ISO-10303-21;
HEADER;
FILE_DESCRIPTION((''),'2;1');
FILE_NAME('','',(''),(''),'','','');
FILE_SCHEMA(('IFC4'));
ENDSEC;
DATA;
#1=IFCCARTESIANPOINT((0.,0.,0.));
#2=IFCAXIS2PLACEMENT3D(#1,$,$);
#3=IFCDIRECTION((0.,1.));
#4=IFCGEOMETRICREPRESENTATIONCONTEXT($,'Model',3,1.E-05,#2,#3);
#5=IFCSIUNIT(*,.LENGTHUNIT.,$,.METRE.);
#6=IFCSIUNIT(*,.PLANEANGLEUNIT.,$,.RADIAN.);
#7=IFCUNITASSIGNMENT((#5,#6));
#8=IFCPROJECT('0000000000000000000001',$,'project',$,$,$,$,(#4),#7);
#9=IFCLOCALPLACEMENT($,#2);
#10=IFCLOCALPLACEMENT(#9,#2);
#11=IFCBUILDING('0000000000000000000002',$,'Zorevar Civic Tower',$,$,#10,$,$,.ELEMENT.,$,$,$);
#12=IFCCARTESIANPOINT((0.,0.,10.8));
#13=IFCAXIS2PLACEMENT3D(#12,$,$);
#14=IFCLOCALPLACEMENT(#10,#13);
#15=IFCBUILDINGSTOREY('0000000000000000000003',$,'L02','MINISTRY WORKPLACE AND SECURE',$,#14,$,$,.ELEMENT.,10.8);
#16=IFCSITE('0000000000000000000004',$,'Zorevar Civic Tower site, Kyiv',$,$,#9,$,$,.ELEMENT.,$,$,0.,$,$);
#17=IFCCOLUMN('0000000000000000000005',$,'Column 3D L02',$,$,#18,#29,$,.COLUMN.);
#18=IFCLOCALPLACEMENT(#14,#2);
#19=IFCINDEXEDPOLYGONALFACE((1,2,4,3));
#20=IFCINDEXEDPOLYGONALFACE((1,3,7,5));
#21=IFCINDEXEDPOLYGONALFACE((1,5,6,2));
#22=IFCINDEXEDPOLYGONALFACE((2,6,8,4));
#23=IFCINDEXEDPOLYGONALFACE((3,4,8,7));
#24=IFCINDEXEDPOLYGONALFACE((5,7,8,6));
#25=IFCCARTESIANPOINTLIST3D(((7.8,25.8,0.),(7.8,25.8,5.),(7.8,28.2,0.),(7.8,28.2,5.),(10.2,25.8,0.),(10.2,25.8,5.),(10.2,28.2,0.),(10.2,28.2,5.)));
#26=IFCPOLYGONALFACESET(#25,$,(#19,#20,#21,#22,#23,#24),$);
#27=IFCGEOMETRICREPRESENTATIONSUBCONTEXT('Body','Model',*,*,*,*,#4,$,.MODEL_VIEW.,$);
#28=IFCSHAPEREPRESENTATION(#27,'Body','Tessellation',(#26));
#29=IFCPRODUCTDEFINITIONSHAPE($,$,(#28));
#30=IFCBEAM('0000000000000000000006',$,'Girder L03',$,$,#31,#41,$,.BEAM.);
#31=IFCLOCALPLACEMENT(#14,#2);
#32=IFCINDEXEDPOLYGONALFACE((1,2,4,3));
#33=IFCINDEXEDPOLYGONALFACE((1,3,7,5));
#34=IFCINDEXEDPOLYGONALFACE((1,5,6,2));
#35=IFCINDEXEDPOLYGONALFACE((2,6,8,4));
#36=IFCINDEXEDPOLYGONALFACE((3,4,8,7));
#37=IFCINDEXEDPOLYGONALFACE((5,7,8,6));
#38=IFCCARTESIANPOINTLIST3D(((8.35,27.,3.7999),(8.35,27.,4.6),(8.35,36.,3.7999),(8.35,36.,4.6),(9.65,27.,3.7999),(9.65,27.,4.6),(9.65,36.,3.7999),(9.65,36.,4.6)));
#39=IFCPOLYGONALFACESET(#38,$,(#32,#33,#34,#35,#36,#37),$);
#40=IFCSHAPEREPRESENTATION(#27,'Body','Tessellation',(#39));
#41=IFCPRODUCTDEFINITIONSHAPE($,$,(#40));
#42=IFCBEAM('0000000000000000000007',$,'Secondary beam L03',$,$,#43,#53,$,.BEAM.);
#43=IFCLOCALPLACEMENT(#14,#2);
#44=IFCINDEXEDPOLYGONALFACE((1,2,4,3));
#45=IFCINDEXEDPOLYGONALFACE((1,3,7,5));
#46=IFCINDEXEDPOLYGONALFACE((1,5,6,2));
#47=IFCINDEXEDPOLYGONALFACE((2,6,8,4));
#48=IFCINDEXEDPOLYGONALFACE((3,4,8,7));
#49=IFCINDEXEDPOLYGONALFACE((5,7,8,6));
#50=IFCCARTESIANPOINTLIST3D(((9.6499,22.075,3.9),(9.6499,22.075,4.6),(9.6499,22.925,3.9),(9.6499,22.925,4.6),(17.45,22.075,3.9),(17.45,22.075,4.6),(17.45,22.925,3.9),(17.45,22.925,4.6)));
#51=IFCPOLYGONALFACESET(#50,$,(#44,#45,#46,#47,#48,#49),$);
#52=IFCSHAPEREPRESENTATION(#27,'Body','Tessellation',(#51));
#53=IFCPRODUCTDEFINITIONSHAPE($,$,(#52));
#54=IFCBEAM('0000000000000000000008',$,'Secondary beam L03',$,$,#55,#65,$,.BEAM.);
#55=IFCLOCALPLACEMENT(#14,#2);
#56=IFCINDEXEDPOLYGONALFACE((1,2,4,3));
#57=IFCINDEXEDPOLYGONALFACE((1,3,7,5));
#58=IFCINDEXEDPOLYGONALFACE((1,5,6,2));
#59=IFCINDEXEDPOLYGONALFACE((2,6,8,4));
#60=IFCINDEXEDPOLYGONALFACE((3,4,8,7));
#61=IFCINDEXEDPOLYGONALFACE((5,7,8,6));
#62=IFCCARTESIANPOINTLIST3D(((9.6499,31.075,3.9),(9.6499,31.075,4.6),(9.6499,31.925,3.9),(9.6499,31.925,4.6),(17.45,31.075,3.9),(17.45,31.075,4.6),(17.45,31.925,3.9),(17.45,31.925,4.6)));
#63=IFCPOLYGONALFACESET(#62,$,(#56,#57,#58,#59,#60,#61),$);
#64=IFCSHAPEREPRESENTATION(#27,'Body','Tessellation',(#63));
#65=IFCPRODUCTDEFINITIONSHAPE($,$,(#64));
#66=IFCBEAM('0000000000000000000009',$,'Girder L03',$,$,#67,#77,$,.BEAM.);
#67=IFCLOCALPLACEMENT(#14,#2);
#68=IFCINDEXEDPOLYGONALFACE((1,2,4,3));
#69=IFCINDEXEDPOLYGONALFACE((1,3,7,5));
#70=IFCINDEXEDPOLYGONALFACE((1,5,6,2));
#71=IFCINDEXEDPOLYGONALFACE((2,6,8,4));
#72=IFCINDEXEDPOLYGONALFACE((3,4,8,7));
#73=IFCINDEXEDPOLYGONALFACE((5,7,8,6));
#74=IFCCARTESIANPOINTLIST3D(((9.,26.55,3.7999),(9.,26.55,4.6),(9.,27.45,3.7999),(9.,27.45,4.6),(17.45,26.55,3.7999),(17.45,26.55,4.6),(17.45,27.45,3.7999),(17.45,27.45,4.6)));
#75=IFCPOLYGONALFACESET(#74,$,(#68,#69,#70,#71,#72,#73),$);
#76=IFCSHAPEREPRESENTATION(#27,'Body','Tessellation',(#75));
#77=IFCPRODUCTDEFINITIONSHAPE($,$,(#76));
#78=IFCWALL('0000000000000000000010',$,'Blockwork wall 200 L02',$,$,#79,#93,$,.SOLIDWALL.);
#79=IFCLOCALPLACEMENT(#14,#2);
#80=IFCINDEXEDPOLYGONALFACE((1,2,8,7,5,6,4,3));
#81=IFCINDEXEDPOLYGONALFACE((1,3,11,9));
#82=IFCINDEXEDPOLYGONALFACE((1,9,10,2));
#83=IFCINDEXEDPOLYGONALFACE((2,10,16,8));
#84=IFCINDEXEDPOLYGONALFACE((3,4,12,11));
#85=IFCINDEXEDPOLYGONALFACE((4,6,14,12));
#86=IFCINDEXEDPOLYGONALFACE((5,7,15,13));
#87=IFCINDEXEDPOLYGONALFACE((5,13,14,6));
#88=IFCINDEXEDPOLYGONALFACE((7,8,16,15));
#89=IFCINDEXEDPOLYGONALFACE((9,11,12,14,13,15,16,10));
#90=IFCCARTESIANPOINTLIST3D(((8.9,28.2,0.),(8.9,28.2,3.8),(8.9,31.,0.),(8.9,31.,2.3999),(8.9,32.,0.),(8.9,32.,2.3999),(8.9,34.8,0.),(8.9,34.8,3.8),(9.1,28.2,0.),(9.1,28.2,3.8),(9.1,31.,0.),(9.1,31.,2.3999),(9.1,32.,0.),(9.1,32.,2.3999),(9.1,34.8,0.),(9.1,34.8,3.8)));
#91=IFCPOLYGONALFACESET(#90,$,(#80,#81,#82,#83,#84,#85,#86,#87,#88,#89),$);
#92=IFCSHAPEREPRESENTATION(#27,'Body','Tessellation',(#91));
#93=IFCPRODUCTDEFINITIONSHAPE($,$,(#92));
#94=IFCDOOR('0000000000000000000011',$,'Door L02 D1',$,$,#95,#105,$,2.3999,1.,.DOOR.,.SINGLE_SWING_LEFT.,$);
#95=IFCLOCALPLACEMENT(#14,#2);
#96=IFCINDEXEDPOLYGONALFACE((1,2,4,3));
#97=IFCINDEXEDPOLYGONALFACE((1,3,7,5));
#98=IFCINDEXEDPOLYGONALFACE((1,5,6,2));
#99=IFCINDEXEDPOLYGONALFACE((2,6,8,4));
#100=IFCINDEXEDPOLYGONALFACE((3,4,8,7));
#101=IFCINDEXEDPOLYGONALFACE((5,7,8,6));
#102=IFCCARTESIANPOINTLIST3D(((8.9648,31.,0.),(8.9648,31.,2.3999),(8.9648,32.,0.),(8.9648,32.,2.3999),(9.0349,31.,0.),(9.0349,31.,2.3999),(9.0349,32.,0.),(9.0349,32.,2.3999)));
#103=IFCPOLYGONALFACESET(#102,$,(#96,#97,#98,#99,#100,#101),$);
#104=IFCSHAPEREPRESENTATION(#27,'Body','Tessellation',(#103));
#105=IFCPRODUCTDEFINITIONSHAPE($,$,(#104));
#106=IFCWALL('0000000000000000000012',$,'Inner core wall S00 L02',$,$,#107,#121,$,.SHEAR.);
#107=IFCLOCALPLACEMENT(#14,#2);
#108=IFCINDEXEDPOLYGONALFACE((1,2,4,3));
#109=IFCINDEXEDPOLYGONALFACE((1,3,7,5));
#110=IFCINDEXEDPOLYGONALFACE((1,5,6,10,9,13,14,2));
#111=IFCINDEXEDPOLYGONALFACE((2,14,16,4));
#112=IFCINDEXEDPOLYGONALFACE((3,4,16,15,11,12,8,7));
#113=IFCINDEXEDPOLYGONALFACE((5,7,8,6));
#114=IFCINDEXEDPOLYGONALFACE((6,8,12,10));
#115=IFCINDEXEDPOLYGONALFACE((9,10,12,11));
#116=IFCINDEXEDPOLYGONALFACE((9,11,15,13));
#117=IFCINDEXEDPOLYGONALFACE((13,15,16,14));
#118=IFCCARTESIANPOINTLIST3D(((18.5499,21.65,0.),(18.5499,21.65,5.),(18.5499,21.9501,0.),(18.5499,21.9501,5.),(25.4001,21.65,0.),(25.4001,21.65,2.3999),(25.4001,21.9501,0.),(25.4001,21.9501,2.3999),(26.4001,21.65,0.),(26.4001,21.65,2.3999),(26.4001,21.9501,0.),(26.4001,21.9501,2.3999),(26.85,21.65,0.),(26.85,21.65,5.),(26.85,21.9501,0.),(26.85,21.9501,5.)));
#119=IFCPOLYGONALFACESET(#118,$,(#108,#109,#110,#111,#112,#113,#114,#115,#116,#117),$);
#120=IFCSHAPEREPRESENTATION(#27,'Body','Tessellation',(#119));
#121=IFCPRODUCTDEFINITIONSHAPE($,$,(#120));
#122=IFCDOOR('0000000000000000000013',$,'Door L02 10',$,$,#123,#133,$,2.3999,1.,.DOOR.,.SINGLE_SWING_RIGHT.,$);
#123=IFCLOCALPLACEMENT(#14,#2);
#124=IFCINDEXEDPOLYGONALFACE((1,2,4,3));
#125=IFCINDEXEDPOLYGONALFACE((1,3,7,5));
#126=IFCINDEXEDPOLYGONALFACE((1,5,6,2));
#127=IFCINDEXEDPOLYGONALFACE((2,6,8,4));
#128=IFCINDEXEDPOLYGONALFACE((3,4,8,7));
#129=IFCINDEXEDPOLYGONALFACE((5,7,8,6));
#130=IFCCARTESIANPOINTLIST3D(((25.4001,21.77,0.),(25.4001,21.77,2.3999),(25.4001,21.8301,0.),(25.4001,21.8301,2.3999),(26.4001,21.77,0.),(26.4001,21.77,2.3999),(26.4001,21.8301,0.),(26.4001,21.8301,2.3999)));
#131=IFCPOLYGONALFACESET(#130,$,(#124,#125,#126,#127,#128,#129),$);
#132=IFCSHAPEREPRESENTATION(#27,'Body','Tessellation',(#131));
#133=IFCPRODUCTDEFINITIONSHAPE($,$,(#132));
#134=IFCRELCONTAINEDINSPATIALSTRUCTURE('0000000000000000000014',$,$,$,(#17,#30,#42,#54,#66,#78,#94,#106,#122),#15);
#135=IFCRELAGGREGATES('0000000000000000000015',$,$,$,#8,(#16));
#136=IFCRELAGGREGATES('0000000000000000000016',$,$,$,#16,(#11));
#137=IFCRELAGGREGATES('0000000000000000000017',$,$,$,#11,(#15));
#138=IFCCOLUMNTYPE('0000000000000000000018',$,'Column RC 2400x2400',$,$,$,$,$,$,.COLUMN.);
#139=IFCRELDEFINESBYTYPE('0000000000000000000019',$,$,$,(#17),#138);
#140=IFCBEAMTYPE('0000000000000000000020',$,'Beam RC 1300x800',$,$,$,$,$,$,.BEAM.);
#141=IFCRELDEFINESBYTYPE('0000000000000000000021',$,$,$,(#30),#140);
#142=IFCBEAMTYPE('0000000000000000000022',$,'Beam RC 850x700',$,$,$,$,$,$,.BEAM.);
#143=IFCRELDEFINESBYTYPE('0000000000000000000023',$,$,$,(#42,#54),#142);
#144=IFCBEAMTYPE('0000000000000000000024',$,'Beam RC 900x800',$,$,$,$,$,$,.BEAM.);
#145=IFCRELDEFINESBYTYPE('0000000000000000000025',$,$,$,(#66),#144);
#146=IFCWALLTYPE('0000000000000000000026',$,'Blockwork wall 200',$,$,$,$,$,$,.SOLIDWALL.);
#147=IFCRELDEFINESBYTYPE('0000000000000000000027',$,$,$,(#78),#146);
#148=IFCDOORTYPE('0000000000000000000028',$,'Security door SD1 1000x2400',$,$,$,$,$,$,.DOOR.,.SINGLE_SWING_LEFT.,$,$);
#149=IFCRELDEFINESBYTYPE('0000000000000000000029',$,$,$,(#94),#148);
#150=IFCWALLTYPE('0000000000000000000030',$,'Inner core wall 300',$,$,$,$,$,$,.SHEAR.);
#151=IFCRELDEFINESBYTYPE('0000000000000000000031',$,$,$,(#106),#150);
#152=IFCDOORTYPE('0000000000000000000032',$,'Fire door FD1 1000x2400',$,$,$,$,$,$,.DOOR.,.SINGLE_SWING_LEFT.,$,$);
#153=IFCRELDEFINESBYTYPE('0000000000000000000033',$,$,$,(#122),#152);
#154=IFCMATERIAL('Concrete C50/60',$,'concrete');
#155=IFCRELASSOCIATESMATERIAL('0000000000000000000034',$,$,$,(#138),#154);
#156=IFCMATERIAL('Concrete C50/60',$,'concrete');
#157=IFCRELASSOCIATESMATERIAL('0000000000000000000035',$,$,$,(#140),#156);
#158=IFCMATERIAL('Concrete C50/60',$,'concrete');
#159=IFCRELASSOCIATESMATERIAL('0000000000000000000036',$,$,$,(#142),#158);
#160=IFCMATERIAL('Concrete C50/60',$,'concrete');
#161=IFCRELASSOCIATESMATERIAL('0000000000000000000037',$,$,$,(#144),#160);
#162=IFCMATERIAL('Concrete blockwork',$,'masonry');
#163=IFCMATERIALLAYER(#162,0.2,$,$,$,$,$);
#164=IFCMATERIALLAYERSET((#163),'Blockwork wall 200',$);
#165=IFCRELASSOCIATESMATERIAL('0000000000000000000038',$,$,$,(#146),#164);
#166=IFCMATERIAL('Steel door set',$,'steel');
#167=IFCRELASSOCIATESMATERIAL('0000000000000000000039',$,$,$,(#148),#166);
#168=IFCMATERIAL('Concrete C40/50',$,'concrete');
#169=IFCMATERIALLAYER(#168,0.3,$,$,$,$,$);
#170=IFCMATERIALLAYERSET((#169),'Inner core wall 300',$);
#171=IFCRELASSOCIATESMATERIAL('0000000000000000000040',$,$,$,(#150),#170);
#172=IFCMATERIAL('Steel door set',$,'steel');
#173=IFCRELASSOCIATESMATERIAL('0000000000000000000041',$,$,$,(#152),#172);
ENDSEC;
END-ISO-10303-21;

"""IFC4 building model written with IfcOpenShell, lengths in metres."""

from ifc_helpers import new_model, si_unit, direction, frame, frame_2d, origin, origin_2d, place, context, subcontext, project, spatial, rectangle, extrude, material, layer, layer_set, material_profile, profile_set, type_object, element, fill, save


model = new_model("IFC4")

# Units and contexts
model_context = context("Model", 3, precision=1e-05, world=origin(), true_north=direction((0.0, 1.0)))
body_context = subcontext(model_context, "Body", "Model", "MODEL_VIEW")
ifc_project = project(units=[si_unit("LENGTHUNIT", "METRE"), si_unit("PLANEANGLEUNIT", "RADIAN")], contexts=[model_context])

# Site, building, storey
site_placement = place(None, origin())
site = spatial("IfcSite", under=ifc_project, at=site_placement, Name="Zorevar Civic Tower site, Kyiv", CompositionType="ELEMENT", RefElevation=0.0)
building_placement = place(site_placement, origin())
building = spatial("IfcBuilding", under=site, at=building_placement, Name="Zorevar Civic Tower", CompositionType="ELEMENT")
storey_placement = place(building_placement, frame((0.0, 0.0, 10.8)))
storey = spatial("IfcBuildingStorey", under=building, at=storey_placement, Name="L02", Description="MINISTRY WORKPLACE AND SECURE", CompositionType="ELEMENT", Elevation=10.8)

# Column
ifc_material_1 = material(Name="Concrete C50/60", Category="concrete")
ifc_material_profile_1 = material_profile(ifc_material_1, rectangle(XDim=2.3999, YDim=2.3999, at=origin_2d()), Name="RC 2400x2400")
ifc_profile_set_1 = profile_set([ifc_material_profile_1], Name="Concrete C50/60")
column_type = type_object("IfcColumnType", Name="Column RC 2400x2400", PredefinedType="COLUMN", material=ifc_profile_set_1)
column_placement = place(storey_placement, frame((9.0, 27.0, 0.0), z_axis=(0.0, 0.0, 1.0), x_axis=(1.0, 0.0, 0.0)))
element("IfcColumn", 1, at=column_placement, inside=storey, type_object=column_type, Name="Column 3D L02", PredefinedType="COLUMN", context=body_context, shape_type="SweptSolid", body=[
    extrude(rectangle(XDim=2.3999, YDim=2.3999, at=origin_2d()), origin(), (0.0, 0.0, 1.0), 5.0),
])

# Beams
ifc_material_2 = material(Name="Concrete C50/60", Category="concrete")
ifc_material_profile_2 = material_profile(ifc_material_2, rectangle(XDim=1.3, YDim=0.8, at=origin_2d()), Name="RC 1300x800")
ifc_profile_set_2 = profile_set([ifc_material_profile_2], Name="Concrete C50/60")
beam_type_1 = type_object("IfcBeamType", Name="Beam RC 1300x800", PredefinedType="BEAM", material=ifc_profile_set_2)
beam_1_placement = place(storey_placement, frame((9.0, 27.0, 4.2), z_axis=(0.0, 1.0, 0.0), x_axis=(-1.0, 0.0, 0.0)))
element("IfcBeam", 2, at=beam_1_placement, inside=storey, type_object=beam_type_1, Name="Girder L03", PredefinedType="BEAM", context=body_context, shape_type="SweptSolid", body=[
    extrude(rectangle(XDim=1.3, YDim=0.8, at=origin_2d()), origin(), (0.0, 0.0, 1.0), 9.0),
])
ifc_material_3 = material(Name="Concrete C50/60", Category="concrete")
ifc_material_profile_3 = material_profile(ifc_material_3, rectangle(XDim=0.8501, YDim=0.7, at=origin_2d()), Name="RC 850x700")
ifc_profile_set_3 = profile_set([ifc_material_profile_3], Name="Concrete C50/60")
beam_type_2 = type_object("IfcBeamType", Name="Beam RC 850x700", PredefinedType="BEAM", material=ifc_profile_set_3)
for number, where, z_axis, x_axis, name in (
    (3, (9.6499, 22.5, 4.25), (1.0, 0.0, 0.0), (0.0, 1.0, 0.0), "Secondary beam L03"),
    (4, (9.6499, 31.5, 4.25), (1.0, 0.0, 0.0), (0.0, 1.0, 0.0), "Secondary beam L03"),
):
    element("IfcBeam", number, at=place(storey_placement, frame(where, z_axis=z_axis, x_axis=x_axis)), inside=storey, type_object=beam_type_2, Name=name, PredefinedType="BEAM", context=body_context, shape_type="SweptSolid", body=[
        extrude(rectangle(XDim=0.8501, YDim=0.7, at=origin_2d()), origin(), (0.0, 0.0, 1.0), 7.8),
    ])
ifc_material_4 = material(Name="Concrete C50/60", Category="concrete")
ifc_material_profile_4 = material_profile(ifc_material_4, rectangle(XDim=0.8999, YDim=0.8, at=origin_2d()), Name="RC 900x800")
ifc_profile_set_4 = profile_set([ifc_material_profile_4], Name="Concrete C50/60")
beam_type_3 = type_object("IfcBeamType", Name="Beam RC 900x800", PredefinedType="BEAM", material=ifc_profile_set_4)
beam_2_placement = place(storey_placement, frame((9.0, 27.0, 4.2), z_axis=(1.0, 0.0, 0.0), x_axis=(0.0, 1.0, 0.0)))
element("IfcBeam", 5, at=beam_2_placement, inside=storey, type_object=beam_type_3, Name="Girder L03", PredefinedType="BEAM", context=body_context, shape_type="SweptSolid", body=[
    extrude(rectangle(XDim=0.8999, YDim=0.8, at=origin_2d()), origin(), (0.0, 0.0, 1.0), 8.45),
])

# Walls, openings, doors
ifc_material_5 = material(Name="Concrete blockwork", Category="masonry")
ifc_layer_1 = layer(ifc_material_5, 0.2)
ifc_layer_set_1 = layer_set([ifc_layer_1], Name="Blockwork wall 200")
wall_type_1 = type_object("IfcWallType", Name="Blockwork wall 200", PredefinedType="SOLIDWALL", material=ifc_layer_set_1)
wall_1_placement = place(storey_placement, frame((9.0, 28.2, 0.0), z_axis=(0.0, 0.0, 1.0), x_axis=(0.0, 1.0, 0.0)))
wall_1 = element("IfcWall", 6, at=wall_1_placement, inside=storey, type_object=wall_type_1, Name="Blockwork wall 200 L02", PredefinedType="SOLIDWALL", context=body_context, shape_type="SweptSolid", body=[
    extrude(rectangle(XDim=6.6001, YDim=0.2, at=frame_2d((3.3, 0.0))), origin(), (0.0, 0.0, 1.0), 3.8),
])
opening_1_placement = place(wall_1_placement, frame((2.8, 0.0, 0.0)))
opening_1 = element("IfcOpeningElement", 7, at=opening_1_placement, cuts=wall_1, PredefinedType="OPENING", context=body_context, shape_type="SweptSolid", body=[
    extrude(rectangle(XDim=1.0, YDim=2.3999, at=frame_2d((0.5, 1.2))), frame((0.0, 0.1099, 0.0), z_axis=(0.0, -1.0, 0.0), x_axis=(1.0, 0.0, 0.0)), (0.0, 0.0, 1.0), 0.22),
])
ifc_material_6 = material(Name="Steel door set", Category="steel")
door_type_1 = type_object("IfcDoorType", Name="Security door SD1 1000x2400", OperationType="SINGLE_SWING_LEFT", PredefinedType="DOOR", material=ifc_material_6)
door_1_placement = place(opening_1_placement, origin())
door_1 = element("IfcDoor", 8, at=door_1_placement, inside=storey, type_object=door_type_1, Name="Door L02 D1", OperationType="SINGLE_SWING_LEFT", OverallHeight=2.3999, OverallWidth=1.0, PredefinedType="DOOR", context=body_context, shape_type="SweptSolid", body=[
    extrude(rectangle(XDim=1.0, YDim=2.3999, at=frame_2d((0.5, 1.2))), frame((0.0, 0.0352, 0.0), z_axis=(0.0, -1.0, 0.0), x_axis=(1.0, 0.0, 0.0)), (0.0, 0.0, 1.0), 0.0701),
])
fill(opening_1, door_1)
ifc_material_7 = material(Name="Concrete C40/50", Category="concrete")
ifc_layer_2 = layer(ifc_material_7, 0.3)
ifc_layer_set_2 = layer_set([ifc_layer_2], Name="Inner core wall 300")
wall_type_2 = type_object("IfcWallType", Name="Inner core wall 300", PredefinedType="SHEAR", material=ifc_layer_set_2)
wall_2_placement = place(storey_placement, frame((18.55, 21.8, 0.0), z_axis=(0.0, 0.0, 1.0), x_axis=(1.0, 0.0, 0.0)))
wall_2 = element("IfcWall", 9, at=wall_2_placement, inside=storey, type_object=wall_type_2, Name="Inner core wall S00 L02", PredefinedType="SHEAR", context=body_context, shape_type="SweptSolid", body=[
    extrude(rectangle(XDim=8.3, YDim=0.3, at=frame_2d((4.1499, 0.0))), origin(), (0.0, 0.0, 1.0), 5.0),
])
opening_2_placement = place(wall_2_placement, frame((6.8501, 0.0, 0.0)))
opening_2 = element("IfcOpeningElement", 10, at=opening_2_placement, cuts=wall_2, PredefinedType="OPENING", context=body_context, shape_type="SweptSolid", body=[
    extrude(rectangle(XDim=1.0, YDim=2.3999, at=frame_2d((0.5, 1.2))), frame((0.0, 0.1599, 0.0), z_axis=(0.0, -1.0, 0.0), x_axis=(1.0, 0.0, 0.0)), (0.0, 0.0, 1.0), 0.3201),
])
ifc_material_8 = material(Name="Steel door set", Category="steel")
door_type_2 = type_object("IfcDoorType", Name="Fire door FD1 1000x2400", OperationType="SINGLE_SWING_LEFT", PredefinedType="DOOR", material=ifc_material_8)
door_2_placement = place(opening_2_placement, origin())
door_2 = element("IfcDoor", 11, at=door_2_placement, inside=storey, type_object=door_type_2, Name="Door L02 10", OperationType="SINGLE_SWING_RIGHT", OverallHeight=2.3999, OverallWidth=1.0, PredefinedType="DOOR", context=body_context, shape_type="SweptSolid", body=[
    extrude(rectangle(XDim=1.0, YDim=2.3999, at=frame_2d((0.5, 1.2))), frame((0.0, 0.03, 0.0), z_axis=(0.0, -1.0, 0.0), x_axis=(1.0, 0.0, 0.0)), (0.0, 0.0, 1.0), 0.0601),
])
fill(opening_2, door_2)

save(model, "model.ifc")
